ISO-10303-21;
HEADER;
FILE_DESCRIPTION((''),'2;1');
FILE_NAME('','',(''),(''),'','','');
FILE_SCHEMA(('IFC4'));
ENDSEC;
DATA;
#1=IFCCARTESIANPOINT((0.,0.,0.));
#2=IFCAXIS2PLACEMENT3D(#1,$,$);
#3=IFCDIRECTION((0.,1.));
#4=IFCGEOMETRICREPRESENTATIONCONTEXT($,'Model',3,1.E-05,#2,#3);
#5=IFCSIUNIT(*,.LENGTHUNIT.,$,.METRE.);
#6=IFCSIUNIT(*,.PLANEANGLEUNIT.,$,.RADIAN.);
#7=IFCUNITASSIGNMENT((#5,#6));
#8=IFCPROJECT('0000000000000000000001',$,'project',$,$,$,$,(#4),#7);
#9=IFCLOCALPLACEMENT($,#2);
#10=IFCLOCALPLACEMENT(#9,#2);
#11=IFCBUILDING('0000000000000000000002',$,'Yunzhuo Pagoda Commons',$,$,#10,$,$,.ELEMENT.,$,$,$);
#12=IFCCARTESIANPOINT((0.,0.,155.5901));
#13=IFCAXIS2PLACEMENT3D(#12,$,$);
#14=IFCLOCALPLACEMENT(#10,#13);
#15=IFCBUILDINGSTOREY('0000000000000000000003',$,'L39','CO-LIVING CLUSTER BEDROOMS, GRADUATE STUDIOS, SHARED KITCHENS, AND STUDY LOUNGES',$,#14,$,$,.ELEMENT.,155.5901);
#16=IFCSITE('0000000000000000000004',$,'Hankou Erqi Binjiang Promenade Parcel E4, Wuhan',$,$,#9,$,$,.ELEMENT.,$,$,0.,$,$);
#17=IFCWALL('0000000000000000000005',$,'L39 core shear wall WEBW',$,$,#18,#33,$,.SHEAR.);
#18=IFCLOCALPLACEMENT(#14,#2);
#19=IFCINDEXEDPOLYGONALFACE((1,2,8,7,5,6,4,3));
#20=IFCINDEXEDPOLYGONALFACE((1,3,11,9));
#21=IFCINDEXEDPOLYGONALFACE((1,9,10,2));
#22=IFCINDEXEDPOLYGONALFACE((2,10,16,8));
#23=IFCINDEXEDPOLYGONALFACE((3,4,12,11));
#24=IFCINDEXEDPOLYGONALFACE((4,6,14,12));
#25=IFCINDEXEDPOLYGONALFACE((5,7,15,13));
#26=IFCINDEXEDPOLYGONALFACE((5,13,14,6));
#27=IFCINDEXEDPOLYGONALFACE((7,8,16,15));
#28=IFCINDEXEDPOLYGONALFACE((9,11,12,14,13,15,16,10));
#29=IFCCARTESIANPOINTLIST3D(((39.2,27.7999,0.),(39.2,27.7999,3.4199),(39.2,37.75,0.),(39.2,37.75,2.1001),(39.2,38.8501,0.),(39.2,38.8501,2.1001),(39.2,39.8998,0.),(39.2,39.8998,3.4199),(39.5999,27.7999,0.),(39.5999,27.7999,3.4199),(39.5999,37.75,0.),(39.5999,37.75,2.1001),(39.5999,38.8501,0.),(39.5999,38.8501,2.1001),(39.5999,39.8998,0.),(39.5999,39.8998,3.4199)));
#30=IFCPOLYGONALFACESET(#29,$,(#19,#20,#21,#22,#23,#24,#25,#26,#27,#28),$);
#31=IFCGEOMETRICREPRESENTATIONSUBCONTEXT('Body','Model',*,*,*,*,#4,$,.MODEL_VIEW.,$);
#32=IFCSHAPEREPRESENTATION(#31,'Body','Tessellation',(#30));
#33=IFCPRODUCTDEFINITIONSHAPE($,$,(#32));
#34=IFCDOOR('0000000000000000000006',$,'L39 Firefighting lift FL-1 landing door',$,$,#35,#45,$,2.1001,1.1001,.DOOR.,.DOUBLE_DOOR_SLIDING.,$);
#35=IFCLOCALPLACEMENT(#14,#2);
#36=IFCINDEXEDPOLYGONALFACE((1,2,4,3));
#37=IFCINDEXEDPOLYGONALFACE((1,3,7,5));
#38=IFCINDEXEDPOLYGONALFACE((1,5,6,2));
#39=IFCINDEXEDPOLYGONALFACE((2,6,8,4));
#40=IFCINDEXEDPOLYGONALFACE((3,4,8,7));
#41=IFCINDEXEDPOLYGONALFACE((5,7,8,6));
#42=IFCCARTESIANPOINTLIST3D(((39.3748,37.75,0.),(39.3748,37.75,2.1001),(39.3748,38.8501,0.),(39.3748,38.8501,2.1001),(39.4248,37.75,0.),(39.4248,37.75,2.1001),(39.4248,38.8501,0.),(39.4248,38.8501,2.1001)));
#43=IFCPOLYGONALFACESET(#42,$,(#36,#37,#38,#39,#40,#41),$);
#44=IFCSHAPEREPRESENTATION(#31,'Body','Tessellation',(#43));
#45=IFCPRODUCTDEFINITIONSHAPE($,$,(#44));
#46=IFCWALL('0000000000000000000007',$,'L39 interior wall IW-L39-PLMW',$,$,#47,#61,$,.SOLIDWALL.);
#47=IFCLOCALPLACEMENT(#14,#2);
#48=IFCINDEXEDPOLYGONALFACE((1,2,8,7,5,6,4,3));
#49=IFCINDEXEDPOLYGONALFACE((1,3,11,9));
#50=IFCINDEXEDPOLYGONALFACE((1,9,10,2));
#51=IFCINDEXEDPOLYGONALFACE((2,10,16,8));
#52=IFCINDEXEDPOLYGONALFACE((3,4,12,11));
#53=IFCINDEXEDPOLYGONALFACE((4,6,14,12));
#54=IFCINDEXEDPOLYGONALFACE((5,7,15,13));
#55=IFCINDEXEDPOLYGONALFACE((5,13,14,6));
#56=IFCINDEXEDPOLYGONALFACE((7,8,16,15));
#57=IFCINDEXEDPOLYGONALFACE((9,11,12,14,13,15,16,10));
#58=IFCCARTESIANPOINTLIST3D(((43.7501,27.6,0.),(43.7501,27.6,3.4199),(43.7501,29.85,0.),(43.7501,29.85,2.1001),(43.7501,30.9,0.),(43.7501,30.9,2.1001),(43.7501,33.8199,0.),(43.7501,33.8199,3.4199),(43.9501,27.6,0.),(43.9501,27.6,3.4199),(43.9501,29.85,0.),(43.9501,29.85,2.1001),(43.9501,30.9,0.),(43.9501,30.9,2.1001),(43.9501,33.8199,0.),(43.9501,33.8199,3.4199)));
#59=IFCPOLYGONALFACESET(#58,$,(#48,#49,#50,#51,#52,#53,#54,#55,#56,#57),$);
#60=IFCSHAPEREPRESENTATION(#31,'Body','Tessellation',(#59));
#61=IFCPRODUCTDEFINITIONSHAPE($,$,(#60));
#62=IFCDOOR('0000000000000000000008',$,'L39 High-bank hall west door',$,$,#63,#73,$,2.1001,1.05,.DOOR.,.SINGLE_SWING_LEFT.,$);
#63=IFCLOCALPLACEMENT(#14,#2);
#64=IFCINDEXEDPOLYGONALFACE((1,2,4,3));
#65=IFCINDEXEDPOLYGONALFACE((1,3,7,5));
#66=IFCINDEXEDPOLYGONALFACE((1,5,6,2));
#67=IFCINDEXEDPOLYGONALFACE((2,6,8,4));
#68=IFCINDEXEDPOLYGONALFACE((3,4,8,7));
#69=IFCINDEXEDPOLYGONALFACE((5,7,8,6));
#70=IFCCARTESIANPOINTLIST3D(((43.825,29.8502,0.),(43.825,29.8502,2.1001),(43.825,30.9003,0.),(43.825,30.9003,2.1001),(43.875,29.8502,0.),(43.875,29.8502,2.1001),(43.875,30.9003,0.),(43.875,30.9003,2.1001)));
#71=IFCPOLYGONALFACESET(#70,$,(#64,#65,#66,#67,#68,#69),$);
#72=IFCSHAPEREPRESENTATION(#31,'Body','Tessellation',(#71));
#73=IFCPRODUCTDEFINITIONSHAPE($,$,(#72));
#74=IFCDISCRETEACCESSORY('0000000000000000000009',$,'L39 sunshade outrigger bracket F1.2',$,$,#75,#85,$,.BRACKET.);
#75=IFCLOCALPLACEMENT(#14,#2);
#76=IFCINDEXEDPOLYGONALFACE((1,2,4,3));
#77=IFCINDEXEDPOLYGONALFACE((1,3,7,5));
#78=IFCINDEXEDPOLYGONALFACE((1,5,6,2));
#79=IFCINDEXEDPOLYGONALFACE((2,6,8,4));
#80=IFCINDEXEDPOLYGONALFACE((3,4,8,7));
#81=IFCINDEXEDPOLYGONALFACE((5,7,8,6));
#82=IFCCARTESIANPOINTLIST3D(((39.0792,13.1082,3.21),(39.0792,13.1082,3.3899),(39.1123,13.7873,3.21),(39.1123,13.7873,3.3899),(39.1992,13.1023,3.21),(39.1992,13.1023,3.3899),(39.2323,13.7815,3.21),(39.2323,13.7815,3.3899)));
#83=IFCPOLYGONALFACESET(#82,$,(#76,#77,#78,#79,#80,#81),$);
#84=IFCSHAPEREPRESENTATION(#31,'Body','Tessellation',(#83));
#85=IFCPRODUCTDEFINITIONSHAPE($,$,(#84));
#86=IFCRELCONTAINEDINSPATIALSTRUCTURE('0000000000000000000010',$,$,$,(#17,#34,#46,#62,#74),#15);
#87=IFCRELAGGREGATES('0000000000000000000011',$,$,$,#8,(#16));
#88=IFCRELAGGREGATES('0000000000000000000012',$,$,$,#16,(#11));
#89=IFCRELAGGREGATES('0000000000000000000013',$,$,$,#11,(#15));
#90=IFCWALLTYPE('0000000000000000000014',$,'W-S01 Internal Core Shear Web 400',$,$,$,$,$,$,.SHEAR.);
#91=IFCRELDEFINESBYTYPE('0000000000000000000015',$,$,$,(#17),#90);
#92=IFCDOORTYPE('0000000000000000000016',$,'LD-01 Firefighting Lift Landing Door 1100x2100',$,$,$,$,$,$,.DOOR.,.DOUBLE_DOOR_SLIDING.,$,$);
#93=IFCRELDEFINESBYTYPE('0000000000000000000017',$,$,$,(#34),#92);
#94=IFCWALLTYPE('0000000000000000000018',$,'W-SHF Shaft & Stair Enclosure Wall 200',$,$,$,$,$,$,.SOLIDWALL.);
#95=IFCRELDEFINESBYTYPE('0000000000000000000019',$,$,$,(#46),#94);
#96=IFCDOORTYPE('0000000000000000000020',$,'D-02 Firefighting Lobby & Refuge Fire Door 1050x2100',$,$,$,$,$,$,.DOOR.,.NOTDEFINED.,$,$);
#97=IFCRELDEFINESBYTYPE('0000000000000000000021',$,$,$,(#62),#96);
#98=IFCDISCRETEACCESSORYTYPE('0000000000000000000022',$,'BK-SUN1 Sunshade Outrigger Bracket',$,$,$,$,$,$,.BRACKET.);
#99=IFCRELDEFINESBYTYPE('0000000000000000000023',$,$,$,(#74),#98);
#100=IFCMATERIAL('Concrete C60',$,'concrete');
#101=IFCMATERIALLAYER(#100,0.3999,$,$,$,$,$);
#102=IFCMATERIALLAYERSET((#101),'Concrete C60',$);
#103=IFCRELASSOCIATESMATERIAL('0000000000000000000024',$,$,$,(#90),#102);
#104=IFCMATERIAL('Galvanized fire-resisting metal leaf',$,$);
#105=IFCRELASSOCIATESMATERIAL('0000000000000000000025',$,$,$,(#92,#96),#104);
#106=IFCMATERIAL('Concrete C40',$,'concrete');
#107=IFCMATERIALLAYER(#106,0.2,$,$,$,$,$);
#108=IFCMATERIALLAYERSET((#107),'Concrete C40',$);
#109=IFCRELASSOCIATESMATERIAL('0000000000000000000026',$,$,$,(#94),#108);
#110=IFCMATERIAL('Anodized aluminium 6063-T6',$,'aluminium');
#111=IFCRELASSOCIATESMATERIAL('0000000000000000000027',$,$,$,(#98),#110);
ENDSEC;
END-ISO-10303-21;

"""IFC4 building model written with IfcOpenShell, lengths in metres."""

from ifc_helpers import new_model, si_unit, direction, frame, frame_2d, origin, origin_2d, place, context, subcontext, project, spatial, rectangle, extrude, source, transform, mapped, material, layer, layer_set, type_object, element, fill, save


model = new_model("IFC4")

# Units and contexts
model_context = context("Model", 3, precision=1e-05, world=origin(), true_north=direction((0.0, 1.0)))
body_context = subcontext(model_context, "Body", "Model", "MODEL_VIEW")
ifc_project = project(units=[si_unit("LENGTHUNIT", "METRE"), si_unit("PLANEANGLEUNIT", "RADIAN")], contexts=[model_context])

# Site, building, storey
site_placement = place(None, origin())
site = spatial("IfcSite", under=ifc_project, at=site_placement, Name="Hankou Erqi Binjiang Promenade Parcel E4, Wuhan", CompositionType="ELEMENT", RefElevation=0.0)
building_placement = place(site_placement, origin())
building = spatial("IfcBuilding", under=site, at=building_placement, Name="Yunzhuo Pagoda Commons", CompositionType="ELEMENT")
storey_placement = place(building_placement, frame((0.0, 0.0, 155.5901)))
storey = spatial("IfcBuildingStorey", under=building, at=storey_placement, Name="L39", Description="CO-LIVING CLUSTER BEDROOMS, GRADUATE STUDIOS, SHARED KITCHENS, AND STUDY LOUNGES", CompositionType="ELEMENT", Elevation=155.5901)

# Shared definitions
ifc_material_1 = material(Name="Anodized aluminium 6063-T6", Category="aluminium")

# Shared definitions
ifc_material_2 = material(Name="Galvanized fire-resisting metal leaf")

# Walls, openings, doors
ifc_material_3 = material(Name="Concrete C60", Category="concrete")
ifc_layer_1 = layer(ifc_material_3, 0.3999)
ifc_layer_set_1 = layer_set([ifc_layer_1], Name="Concrete C60")
wall_type_1 = type_object("IfcWallType", Name="W-S01 Internal Core Shear Web 400", PredefinedType="SHEAR", material=ifc_layer_set_1)
wall_1_placement = place(storey_placement, frame((39.3999, 27.8, 0.0), z_axis=(0.0, 0.0, 1.0), x_axis=(0.0, 1.0, 0.0)))
wall_1 = element("IfcWall", 1, at=wall_1_placement, inside=storey, type_object=wall_type_1, Name="L39 core shear wall WEBW", PredefinedType="SHEAR", context=body_context, shape_type="SweptSolid", body=[
    extrude(rectangle(XDim=12.0999, YDim=0.3999, at=frame_2d((6.0498, 0.0))), origin(), (0.0, 0.0, 1.0), 3.4199),
])
opening_1_placement = place(wall_1_placement, frame((9.95, 0.0, 0.0)))
opening_1 = element("IfcOpeningElement", 2, at=opening_1_placement, cuts=wall_1, PredefinedType="OPENING", context=body_context, shape_type="SweptSolid", body=[
    extrude(rectangle(XDim=1.1001, YDim=2.1001, at=frame_2d((0.55, 1.05))), frame((0.0, 0.21, 0.0), z_axis=(0.0, -1.0, 0.0), x_axis=(1.0, 0.0, 0.0)), (0.0, 0.0, 1.0), 0.4199),
])
door_type_1 = type_object("IfcDoorType", Name="LD-01 Firefighting Lift Landing Door 1100x2100", OperationType="DOUBLE_DOOR_SLIDING", PredefinedType="DOOR", material=ifc_material_2)
shared_shape_1 = source(origin(), body_context, "Body", "SweptSolid", [
    extrude(rectangle(XDim=1.1001, YDim=2.1001, at=frame_2d((0.55, 1.05))), frame((0.0, 0.0249, 0.0), z_axis=(0.0, -1.0, 0.0), x_axis=(1.0, 0.0, 0.0)), (0.0, 0.0, 1.0), 0.05),
])
door_1_placement = place(opening_1_placement, frame((1.1001, 0.0, 0.0), z_axis=(0.0, 0.0, 1.0), x_axis=(-1.0, 0.0, 0.0)))
door_1 = element("IfcDoor", 3, at=door_1_placement, inside=storey, type_object=door_type_1, Name="L39 Firefighting lift FL-1 landing door", OperationType="DOUBLE_DOOR_SLIDING", OverallHeight=2.1001, OverallWidth=1.1001, PredefinedType="DOOR", context=body_context, shape_type="MappedRepresentation", body=[
    mapped(shared_shape_1, transform((0.0, 0.0, 0.0), scale=1.0)),
])
fill(opening_1, door_1)
ifc_material_4 = material(Name="Concrete C40", Category="concrete")
ifc_layer_2 = layer(ifc_material_4, 0.2)
ifc_layer_set_2 = layer_set([ifc_layer_2], Name="Concrete C40")
wall_type_2 = type_object("IfcWallType", Name="W-SHF Shaft & Stair Enclosure Wall 200", PredefinedType="SOLIDWALL", material=ifc_layer_set_2)
wall_2_placement = place(storey_placement, frame((43.8501, 27.6001, 0.0), z_axis=(0.0, 0.0, 1.0), x_axis=(0.0, 1.0, 0.0)))
wall_2 = element("IfcWall", 4, at=wall_2_placement, inside=storey, type_object=wall_type_2, Name="L39 interior wall IW-L39-PLMW", PredefinedType="SOLIDWALL", context=body_context, shape_type="SweptSolid", body=[
    extrude(rectangle(XDim=6.22, YDim=0.2, at=frame_2d((3.1099, 0.0))), origin(), (0.0, 0.0, 1.0), 3.4199),
])
opening_2_placement = place(wall_2_placement, frame((2.25, 0.0, 0.0)))
opening_2 = element("IfcOpeningElement", 5, at=opening_2_placement, cuts=wall_2, PredefinedType="OPENING", context=body_context, shape_type="SweptSolid", body=[
    extrude(rectangle(XDim=1.05, YDim=2.1001, at=frame_2d((0.5249, 1.05))), frame((0.0, 0.1099, 0.0), z_axis=(0.0, -1.0, 0.0), x_axis=(1.0, 0.0, 0.0)), (0.0, 0.0, 1.0), 0.22),
])
door_type_2 = type_object("IfcDoorType", Name="D-02 Firefighting Lobby & Refuge Fire Door 1050x2100", OperationType="NOTDEFINED", PredefinedType="DOOR", material=ifc_material_2)
shared_shape_2 = source(origin(), body_context, "Body", "SweptSolid", [
    extrude(rectangle(XDim=1.05, YDim=2.1001, at=frame_2d((0.5249, 1.05))), frame((0.0, 0.0249, 0.0), z_axis=(0.0, -1.0, 0.0), x_axis=(1.0, 0.0, 0.0)), (0.0, 0.0, 1.0), 0.05),
])
door_2_placement = place(opening_2_placement, frame((1.05, 0.0, 0.0), z_axis=(0.0, 0.0, 1.0), x_axis=(-1.0, 0.0, 0.0)))
door_2 = element("IfcDoor", 6, at=door_2_placement, inside=storey, type_object=door_type_2, Name="L39 High-bank hall west door", OperationType="SINGLE_SWING_LEFT", OverallHeight=2.1001, OverallWidth=1.05, PredefinedType="DOOR", context=body_context, shape_type="MappedRepresentation", body=[
    mapped(shared_shape_2, transform((0.0, 0.0, 0.0), scale=1.0)),
])
fill(opening_2, door_2)

# Discrete accessory
discrete_accessory_type = type_object("IfcDiscreteAccessoryType", Name="BK-SUN1 Sunshade Outrigger Bracket", PredefinedType="BRACKET", material=ifc_material_1)
shared_shape_3 = source(origin(), body_context, "Body", "SweptSolid", [
    extrude(rectangle(XDim=0.1201, YDim=0.6799, at=origin_2d()), origin(), (0.0, 0.0, 1.0), 0.1799),
])
discrete_accessory_placement = place(storey_placement, frame((39.1558, 13.4448, 3.21), z_axis=(0.0, 0.0, 1.0), x_axis=(0.998818, -0.048606, 0.0)))
element("IfcDiscreteAccessory", 7, at=discrete_accessory_placement, inside=storey, type_object=discrete_accessory_type, Name="L39 sunshade outrigger bracket F1.2", PredefinedType="BRACKET", context=body_context, shape_type="MappedRepresentation", body=[
    mapped(shared_shape_3, transform((0.0, 0.0, 0.0), scale=1.0)),
])

save(model, "model.ifc")
